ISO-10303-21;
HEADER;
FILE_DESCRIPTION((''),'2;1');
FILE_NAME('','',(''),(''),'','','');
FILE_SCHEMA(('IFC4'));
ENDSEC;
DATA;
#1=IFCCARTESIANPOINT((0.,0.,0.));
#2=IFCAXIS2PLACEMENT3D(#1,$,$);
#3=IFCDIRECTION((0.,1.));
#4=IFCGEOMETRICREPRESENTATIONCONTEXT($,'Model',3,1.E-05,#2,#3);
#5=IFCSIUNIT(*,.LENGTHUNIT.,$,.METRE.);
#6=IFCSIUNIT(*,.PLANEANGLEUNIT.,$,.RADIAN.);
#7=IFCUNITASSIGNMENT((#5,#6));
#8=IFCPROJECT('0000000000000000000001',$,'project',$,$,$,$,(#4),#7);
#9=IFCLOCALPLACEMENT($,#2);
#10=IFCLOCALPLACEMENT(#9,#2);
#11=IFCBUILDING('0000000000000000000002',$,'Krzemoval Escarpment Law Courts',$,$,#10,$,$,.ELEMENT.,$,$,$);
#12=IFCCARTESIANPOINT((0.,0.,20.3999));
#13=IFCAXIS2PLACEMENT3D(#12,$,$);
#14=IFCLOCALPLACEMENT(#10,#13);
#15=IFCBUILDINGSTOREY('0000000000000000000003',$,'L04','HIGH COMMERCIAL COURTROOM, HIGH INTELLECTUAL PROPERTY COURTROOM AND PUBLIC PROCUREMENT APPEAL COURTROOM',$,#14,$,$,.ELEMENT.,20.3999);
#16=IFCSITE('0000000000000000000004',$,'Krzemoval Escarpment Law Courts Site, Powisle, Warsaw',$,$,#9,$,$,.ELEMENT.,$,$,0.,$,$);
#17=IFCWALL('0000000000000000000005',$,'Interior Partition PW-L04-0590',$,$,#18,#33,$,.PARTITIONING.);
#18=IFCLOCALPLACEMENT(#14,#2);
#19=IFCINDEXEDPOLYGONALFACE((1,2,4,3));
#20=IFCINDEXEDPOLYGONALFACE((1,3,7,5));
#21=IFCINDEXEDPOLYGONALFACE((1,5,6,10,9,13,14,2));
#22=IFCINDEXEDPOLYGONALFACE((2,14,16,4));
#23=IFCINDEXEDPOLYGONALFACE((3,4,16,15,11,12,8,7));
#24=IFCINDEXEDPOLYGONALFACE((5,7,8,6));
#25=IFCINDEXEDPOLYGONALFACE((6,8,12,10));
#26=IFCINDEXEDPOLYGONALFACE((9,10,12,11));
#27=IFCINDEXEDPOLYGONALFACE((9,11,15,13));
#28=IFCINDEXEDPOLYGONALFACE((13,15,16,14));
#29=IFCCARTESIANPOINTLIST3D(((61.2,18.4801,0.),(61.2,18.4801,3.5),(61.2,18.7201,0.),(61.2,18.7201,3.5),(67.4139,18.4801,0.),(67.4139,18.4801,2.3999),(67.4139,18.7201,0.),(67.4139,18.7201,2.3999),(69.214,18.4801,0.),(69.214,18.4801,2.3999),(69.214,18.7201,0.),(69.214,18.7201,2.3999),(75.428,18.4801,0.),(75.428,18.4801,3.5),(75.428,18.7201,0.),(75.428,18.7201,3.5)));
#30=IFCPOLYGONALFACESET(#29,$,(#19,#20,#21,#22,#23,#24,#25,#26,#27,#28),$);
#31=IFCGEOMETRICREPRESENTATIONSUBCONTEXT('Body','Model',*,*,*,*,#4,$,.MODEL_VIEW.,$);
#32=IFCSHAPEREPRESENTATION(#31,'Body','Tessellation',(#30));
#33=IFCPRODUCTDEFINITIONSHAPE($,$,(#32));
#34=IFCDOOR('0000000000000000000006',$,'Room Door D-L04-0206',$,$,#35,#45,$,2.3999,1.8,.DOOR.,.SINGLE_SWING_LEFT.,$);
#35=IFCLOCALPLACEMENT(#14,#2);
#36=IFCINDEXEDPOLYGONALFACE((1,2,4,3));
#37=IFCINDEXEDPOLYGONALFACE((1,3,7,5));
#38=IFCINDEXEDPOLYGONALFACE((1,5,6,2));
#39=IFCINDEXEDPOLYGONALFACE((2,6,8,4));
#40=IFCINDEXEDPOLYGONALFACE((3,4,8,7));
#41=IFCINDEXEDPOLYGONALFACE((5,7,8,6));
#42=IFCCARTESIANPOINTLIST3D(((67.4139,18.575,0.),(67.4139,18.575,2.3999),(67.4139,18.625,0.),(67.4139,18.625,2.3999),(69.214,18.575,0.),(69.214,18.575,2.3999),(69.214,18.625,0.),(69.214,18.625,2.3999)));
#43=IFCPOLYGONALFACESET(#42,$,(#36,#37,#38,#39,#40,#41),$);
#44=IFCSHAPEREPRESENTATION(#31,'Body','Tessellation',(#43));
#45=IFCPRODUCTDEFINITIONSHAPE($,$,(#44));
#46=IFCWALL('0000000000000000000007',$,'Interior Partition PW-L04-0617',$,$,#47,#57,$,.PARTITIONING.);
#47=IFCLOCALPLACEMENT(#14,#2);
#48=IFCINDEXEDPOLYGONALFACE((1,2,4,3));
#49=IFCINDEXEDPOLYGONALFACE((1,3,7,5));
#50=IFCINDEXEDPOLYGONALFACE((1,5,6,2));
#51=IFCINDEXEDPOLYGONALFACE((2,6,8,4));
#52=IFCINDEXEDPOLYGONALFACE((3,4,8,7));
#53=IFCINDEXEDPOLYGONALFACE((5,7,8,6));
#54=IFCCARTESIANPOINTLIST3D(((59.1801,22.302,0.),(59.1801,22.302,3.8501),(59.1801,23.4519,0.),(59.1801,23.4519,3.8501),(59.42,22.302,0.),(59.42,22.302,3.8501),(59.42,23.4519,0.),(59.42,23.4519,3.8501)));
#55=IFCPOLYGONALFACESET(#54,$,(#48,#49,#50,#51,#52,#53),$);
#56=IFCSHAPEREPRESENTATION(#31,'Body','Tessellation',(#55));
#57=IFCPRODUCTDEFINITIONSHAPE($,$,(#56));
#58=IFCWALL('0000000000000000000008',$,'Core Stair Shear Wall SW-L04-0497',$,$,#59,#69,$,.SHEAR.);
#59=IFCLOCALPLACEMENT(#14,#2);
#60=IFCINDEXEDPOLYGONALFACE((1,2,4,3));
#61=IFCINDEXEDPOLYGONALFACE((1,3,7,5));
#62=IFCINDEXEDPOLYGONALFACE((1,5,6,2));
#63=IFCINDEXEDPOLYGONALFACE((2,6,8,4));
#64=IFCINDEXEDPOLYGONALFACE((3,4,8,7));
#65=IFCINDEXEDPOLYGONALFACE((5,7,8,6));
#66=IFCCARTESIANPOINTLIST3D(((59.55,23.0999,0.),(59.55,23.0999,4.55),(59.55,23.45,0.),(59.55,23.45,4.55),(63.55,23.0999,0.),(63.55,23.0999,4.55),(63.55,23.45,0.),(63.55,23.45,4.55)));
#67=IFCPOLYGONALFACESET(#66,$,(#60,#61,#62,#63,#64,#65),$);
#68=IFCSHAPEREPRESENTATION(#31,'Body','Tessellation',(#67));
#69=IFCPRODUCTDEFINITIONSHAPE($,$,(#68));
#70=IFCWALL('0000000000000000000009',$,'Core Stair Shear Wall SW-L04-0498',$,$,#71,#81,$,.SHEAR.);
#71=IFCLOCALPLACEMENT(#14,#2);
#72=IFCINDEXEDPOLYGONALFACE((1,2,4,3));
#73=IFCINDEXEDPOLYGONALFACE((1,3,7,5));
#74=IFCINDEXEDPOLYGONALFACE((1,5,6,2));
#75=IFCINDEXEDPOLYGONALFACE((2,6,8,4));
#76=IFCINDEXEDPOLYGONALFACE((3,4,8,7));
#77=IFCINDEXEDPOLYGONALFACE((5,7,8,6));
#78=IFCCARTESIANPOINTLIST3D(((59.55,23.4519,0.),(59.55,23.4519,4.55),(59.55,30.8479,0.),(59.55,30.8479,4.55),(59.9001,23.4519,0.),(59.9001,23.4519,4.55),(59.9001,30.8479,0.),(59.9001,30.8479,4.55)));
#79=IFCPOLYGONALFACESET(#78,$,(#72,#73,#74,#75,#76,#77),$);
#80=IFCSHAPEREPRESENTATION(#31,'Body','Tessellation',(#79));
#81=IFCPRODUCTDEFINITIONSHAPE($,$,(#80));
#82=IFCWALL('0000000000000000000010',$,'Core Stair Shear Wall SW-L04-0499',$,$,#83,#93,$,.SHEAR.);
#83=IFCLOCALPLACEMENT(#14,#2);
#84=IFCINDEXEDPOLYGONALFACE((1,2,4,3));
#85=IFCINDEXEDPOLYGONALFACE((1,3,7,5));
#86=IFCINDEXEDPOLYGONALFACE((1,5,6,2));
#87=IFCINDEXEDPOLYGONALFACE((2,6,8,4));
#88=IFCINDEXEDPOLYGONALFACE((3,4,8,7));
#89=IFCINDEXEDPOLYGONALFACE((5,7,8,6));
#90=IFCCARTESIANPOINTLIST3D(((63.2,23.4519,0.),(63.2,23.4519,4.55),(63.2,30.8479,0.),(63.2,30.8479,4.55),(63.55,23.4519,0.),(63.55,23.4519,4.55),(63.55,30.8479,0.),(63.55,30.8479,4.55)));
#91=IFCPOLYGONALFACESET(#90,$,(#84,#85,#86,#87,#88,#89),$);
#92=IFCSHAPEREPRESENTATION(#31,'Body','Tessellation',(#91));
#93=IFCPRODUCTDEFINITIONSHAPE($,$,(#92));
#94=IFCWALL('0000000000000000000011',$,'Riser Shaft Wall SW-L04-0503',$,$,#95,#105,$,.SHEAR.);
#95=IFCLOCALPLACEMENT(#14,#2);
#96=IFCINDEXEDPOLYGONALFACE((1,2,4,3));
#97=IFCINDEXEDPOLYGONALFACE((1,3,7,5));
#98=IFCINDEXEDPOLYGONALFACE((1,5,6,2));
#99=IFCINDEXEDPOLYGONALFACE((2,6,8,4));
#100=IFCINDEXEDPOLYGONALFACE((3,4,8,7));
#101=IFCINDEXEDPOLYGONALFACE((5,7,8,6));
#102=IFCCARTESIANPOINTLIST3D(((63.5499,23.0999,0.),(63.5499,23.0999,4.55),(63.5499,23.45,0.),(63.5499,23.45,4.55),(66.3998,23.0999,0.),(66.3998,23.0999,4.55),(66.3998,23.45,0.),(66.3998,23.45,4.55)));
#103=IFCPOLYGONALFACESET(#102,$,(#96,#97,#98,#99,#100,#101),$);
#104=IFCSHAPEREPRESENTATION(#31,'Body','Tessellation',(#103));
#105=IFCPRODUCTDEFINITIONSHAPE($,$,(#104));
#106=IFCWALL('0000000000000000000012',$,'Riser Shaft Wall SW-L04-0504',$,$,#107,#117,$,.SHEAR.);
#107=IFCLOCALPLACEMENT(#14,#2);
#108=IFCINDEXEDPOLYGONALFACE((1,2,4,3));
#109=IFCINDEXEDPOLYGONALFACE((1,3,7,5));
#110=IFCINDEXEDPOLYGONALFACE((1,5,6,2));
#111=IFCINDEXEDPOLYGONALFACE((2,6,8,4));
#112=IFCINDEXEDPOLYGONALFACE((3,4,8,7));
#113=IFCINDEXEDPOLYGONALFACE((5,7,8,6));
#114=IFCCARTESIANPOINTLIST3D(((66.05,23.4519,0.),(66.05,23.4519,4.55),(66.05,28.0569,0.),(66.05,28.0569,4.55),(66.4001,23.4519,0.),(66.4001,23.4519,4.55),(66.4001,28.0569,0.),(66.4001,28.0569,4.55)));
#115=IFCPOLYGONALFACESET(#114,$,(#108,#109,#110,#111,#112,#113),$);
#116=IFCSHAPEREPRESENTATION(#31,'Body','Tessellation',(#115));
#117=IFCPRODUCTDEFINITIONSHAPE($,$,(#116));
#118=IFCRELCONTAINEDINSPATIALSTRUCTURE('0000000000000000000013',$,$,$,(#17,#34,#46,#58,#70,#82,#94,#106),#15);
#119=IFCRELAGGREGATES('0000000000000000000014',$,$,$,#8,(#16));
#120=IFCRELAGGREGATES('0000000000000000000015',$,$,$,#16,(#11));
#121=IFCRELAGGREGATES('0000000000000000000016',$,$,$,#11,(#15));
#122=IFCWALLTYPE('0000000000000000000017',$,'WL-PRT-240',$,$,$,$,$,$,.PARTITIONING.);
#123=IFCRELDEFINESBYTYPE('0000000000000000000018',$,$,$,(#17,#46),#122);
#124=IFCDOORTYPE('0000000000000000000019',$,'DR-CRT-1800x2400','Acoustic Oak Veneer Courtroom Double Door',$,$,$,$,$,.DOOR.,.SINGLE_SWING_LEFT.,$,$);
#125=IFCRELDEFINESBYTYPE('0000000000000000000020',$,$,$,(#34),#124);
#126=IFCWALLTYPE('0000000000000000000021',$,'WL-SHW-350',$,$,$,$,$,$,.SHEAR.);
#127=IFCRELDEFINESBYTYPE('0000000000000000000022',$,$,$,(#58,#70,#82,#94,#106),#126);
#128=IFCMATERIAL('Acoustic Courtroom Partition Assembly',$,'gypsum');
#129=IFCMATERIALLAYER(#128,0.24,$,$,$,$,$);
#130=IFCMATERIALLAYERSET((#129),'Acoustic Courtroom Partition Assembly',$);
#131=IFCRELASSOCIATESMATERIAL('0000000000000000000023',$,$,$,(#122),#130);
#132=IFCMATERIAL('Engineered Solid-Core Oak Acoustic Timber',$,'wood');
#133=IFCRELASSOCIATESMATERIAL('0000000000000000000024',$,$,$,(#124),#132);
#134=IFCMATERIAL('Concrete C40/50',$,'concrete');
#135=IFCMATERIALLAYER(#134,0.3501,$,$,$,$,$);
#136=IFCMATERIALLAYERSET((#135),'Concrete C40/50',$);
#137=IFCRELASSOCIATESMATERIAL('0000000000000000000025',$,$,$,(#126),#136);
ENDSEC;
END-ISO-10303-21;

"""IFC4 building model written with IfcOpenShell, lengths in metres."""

from ifc_helpers import new_model, si_unit, direction, frame, frame_2d, origin, place, context, subcontext, project, spatial, rectangle, extrude, material, layer, layer_set, type_object, element, fill, save


model = new_model("IFC4")

# Units and contexts
model_context = context("Model", 3, precision=1e-05, world=origin(), true_north=direction((0.0, 1.0)))
body_context = subcontext(model_context, "Body", "Model", "MODEL_VIEW")
ifc_project = project(units=[si_unit("LENGTHUNIT", "METRE"), si_unit("PLANEANGLEUNIT", "RADIAN")], contexts=[model_context])

# Site, building, storey
site_placement = place(None, origin())
site = spatial("IfcSite", under=ifc_project, at=site_placement, Name="Krzemoval Escarpment Law Courts Site, Powisle, Warsaw", CompositionType="ELEMENT", RefElevation=0.0)
building_placement = place(site_placement, origin())
building = spatial("IfcBuilding", under=site, at=building_placement, Name="Krzemoval Escarpment Law Courts", CompositionType="ELEMENT")
storey_placement = place(building_placement, frame((0.0, 0.0, 20.3999)))
storey = spatial("IfcBuildingStorey", under=building, at=storey_placement, Name="L04", Description="HIGH COMMERCIAL COURTROOM, HIGH INTELLECTUAL PROPERTY COURTROOM AND PUBLIC PROCUREMENT APPEAL COURTROOM", CompositionType="ELEMENT", Elevation=20.3999)

# Wall, opening, door
ifc_material_1 = material(Name="Acoustic Courtroom Partition Assembly", Category="gypsum")
ifc_layer_1 = layer(ifc_material_1, 0.24)
ifc_layer_set_1 = layer_set([ifc_layer_1], Name="Acoustic Courtroom Partition Assembly")
wall_type_1 = type_object("IfcWallType", Name="WL-PRT-240", PredefinedType="PARTITIONING", material=ifc_layer_set_1)
wall_1_placement = place(storey_placement, frame((61.2, 18.6001, 0.0), z_axis=(0.0, 0.0, 1.0), x_axis=(1.0, 0.0, 0.0)))
wall_1 = element("IfcWall", 1, at=wall_1_placement, inside=storey, type_object=wall_type_1, Name="Interior Partition PW-L04-0590", PredefinedType="PARTITIONING", context=body_context, shape_type="SweptSolid", body=[
    extrude(rectangle(XDim=14.228, YDim=0.24, at=frame_2d((7.114, 0.0))), origin(), (0.0, 0.0, 1.0), 3.5),
])
opening_placement = place(wall_1_placement, frame((6.2141, 0.0, 0.0)))
opening = element("IfcOpeningElement", 2, at=opening_placement, cuts=wall_1, PredefinedType="OPENING", context=body_context, shape_type="SweptSolid", body=[
    extrude(rectangle(XDim=1.8, YDim=2.3999, at=frame_2d((0.8999, 1.2))), frame((0.0, 0.135, 0.0), z_axis=(0.0, -1.0, 0.0), x_axis=(1.0, 0.0, 0.0)), (0.0, 0.0, 1.0), 0.27),
])
ifc_material_2 = material(Name="Engineered Solid-Core Oak Acoustic Timber", Category="wood")
door_type = type_object("IfcDoorType", Name="DR-CRT-1800x2400", Description="Acoustic Oak Veneer Courtroom Double Door", OperationType="SINGLE_SWING_LEFT", PredefinedType="DOOR", material=ifc_material_2)
door_placement = place(opening_placement, origin())
door = element("IfcDoor", 3, at=door_placement, inside=storey, type_object=door_type, Name="Room Door D-L04-0206", OperationType="SINGLE_SWING_LEFT", OverallHeight=2.3999, OverallWidth=1.8, PredefinedType="DOOR", context=body_context, shape_type="SweptSolid", body=[
    extrude(rectangle(XDim=1.8, YDim=2.3999, at=frame_2d((0.8999, 1.2))), frame((0.0, 0.0249, 0.0), z_axis=(0.0, -1.0, 0.0), x_axis=(1.0, 0.0, 0.0)), (0.0, 0.0, 1.0), 0.05),
])
fill(opening, door)

# Walls
wall_2_placement = place(storey_placement, frame((59.3, 22.302, 0.0), z_axis=(0.0, 0.0, 1.0), x_axis=(0.0, 1.0, 0.0)))
element("IfcWall", 4, at=wall_2_placement, inside=storey, type_object=wall_type_1, Name="Interior Partition PW-L04-0617", PredefinedType="PARTITIONING", context=body_context, shape_type="SweptSolid", body=[
    extrude(rectangle(XDim=1.1499, YDim=0.24, at=frame_2d((0.575, 0.0))), origin(), (0.0, 0.0, 1.0), 3.8501),
])
ifc_material_3 = material(Name="Concrete C40/50", Category="concrete")
ifc_layer_2 = layer(ifc_material_3, 0.3501)
ifc_layer_set_2 = layer_set([ifc_layer_2], Name="Concrete C40/50")
wall_type_2 = type_object("IfcWallType", Name="WL-SHW-350", PredefinedType="SHEAR", material=ifc_layer_set_2)
wall_3_placement = place(storey_placement, frame((59.55, 23.2749, 0.0), z_axis=(0.0, 0.0, 1.0), x_axis=(1.0, 0.0, 0.0)))
element("IfcWall", 5, at=wall_3_placement, inside=storey, type_object=wall_type_2, Name="Core Stair Shear Wall SW-L04-0497", PredefinedType="SHEAR", context=body_context, shape_type="SweptSolid", body=[
    extrude(rectangle(XDim=4.0, YDim=0.3501, at=frame_2d((2.0, 0.0))), origin(), (0.0, 0.0, 1.0), 4.55),
])
for number, where, z_axis, x_axis, name in (
    (6, (59.7251, 23.4519, 0.0), (0.0, 0.0, 1.0), (0.0, 1.0, 0.0), "Core Stair Shear Wall SW-L04-0498"),
    (7, (63.375, 23.4519, 0.0), (0.0, 0.0, 1.0), (0.0, 1.0, 0.0), "Core Stair Shear Wall SW-L04-0499"),
):
    element("IfcWall", number, at=place(storey_placement, frame(where, z_axis=z_axis, x_axis=x_axis)), inside=storey, type_object=wall_type_2, Name=name, PredefinedType="SHEAR", context=body_context, shape_type="SweptSolid", body=[
        extrude(rectangle(XDim=7.396, YDim=0.3501, at=frame_2d((3.698, 0.0))), origin(), (0.0, 0.0, 1.0), 4.55),
    ])
wall_4_placement = place(storey_placement, frame((63.55, 23.2749, 0.0), z_axis=(0.0, 0.0, 1.0), x_axis=(1.0, 0.0, 0.0)))
element("IfcWall", 8, at=wall_4_placement, inside=storey, type_object=wall_type_2, Name="Riser Shaft Wall SW-L04-0503", PredefinedType="SHEAR", context=body_context, shape_type="SweptSolid", body=[
    extrude(rectangle(XDim=2.8499, YDim=0.3501, at=frame_2d((1.4248, 0.0))), origin(), (0.0, 0.0, 1.0), 4.55),
])
wall_5_placement = place(storey_placement, frame((66.2251, 23.4519, 0.0), z_axis=(0.0, 0.0, 1.0), x_axis=(0.0, 1.0, 0.0)))
element("IfcWall", 9, at=wall_5_placement, inside=storey, type_object=wall_type_2, Name="Riser Shaft Wall SW-L04-0504", PredefinedType="SHEAR", context=body_context, shape_type="SweptSolid", body=[
    extrude(rectangle(XDim=4.605, YDim=0.3501, at=frame_2d((2.3025, 0.0))), origin(), (0.0, 0.0, 1.0), 4.55),
])

save(model, "model.ifc")
